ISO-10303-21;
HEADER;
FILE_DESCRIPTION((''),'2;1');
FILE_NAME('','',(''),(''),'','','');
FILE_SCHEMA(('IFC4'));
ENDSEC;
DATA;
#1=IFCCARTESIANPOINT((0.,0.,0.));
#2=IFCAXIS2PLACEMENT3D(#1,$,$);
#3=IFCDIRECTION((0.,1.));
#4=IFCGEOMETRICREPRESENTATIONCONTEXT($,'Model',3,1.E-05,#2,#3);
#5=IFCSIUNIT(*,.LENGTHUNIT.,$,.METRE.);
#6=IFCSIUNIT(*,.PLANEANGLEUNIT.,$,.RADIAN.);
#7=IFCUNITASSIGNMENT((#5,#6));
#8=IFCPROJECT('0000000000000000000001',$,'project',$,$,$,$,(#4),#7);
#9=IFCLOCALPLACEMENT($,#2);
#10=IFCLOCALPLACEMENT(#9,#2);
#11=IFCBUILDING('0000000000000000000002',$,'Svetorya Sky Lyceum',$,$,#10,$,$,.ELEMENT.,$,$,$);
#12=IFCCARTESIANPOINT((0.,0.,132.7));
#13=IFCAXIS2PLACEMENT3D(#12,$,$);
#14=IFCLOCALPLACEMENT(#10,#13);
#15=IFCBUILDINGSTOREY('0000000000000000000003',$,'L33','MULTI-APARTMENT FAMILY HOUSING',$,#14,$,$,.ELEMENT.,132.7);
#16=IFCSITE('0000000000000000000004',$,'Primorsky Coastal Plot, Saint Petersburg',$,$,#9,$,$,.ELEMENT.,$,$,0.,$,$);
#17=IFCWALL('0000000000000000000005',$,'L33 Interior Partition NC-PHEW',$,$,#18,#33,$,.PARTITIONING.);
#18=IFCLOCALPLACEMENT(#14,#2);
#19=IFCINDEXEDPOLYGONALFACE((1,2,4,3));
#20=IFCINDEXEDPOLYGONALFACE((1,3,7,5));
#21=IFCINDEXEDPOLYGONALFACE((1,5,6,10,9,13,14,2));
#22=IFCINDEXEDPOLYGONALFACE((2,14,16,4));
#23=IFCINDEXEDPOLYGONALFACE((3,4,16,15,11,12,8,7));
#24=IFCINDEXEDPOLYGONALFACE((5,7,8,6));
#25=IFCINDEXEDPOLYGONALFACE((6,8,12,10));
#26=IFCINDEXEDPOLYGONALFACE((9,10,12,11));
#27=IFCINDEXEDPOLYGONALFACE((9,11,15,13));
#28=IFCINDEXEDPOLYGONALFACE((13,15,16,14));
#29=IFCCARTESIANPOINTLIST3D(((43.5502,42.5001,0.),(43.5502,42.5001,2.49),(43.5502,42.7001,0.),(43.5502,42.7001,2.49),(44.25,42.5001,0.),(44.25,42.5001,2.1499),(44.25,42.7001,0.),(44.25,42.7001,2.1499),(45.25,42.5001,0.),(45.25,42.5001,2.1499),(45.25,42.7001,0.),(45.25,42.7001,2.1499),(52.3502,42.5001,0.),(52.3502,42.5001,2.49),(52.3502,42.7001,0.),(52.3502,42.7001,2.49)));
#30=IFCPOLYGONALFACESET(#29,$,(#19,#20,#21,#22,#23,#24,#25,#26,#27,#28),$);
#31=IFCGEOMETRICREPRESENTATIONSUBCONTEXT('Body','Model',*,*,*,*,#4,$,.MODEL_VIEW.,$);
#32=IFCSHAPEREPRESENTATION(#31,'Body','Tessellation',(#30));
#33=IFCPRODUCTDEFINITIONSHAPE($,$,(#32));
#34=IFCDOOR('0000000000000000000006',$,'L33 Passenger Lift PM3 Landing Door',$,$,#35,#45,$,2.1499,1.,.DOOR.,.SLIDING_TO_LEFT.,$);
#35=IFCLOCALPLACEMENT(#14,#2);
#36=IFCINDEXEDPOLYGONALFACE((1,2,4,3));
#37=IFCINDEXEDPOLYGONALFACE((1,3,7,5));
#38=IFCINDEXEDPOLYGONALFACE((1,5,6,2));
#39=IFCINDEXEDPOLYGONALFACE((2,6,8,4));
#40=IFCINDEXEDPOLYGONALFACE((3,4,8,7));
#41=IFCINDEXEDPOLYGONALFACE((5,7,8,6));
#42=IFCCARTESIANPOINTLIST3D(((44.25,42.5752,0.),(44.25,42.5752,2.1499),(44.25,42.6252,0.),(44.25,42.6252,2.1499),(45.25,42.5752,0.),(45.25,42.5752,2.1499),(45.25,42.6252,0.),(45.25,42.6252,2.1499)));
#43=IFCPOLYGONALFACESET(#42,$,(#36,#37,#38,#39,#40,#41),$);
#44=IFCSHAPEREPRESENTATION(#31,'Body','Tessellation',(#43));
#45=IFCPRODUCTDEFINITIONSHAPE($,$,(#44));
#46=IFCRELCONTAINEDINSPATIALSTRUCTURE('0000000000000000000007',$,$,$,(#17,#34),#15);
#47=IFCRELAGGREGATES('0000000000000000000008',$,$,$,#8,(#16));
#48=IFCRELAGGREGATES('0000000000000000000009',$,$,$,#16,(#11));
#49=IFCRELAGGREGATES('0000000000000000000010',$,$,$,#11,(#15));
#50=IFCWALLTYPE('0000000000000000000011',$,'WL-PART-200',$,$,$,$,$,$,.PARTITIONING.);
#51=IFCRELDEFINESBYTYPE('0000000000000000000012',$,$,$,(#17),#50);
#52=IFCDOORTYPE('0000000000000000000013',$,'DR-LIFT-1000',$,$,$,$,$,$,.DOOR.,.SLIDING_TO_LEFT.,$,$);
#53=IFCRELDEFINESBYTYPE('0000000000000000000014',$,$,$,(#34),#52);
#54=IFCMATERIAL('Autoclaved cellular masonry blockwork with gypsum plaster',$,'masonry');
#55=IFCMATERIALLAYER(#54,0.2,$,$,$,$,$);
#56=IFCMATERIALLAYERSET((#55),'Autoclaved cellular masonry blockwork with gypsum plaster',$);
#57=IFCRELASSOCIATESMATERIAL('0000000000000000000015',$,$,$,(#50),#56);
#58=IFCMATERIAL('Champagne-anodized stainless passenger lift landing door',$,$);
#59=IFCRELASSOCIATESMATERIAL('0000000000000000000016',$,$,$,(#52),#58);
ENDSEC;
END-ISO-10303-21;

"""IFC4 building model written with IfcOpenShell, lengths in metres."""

from ifc_helpers import new_model, si_unit, direction, frame, frame_2d, origin, place, context, subcontext, project, spatial, rectangle, extrude, material, layer, layer_set, type_object, element, fill, save


model = new_model("IFC4")

# Units and contexts
model_context = context("Model", 3, precision=1e-05, world=origin(), true_north=direction((0.0, 1.0)))
body_context = subcontext(model_context, "Body", "Model", "MODEL_VIEW")
ifc_project = project(units=[si_unit("LENGTHUNIT", "METRE"), si_unit("PLANEANGLEUNIT", "RADIAN")], contexts=[model_context])

# Site, building, storey
site_placement = place(None, origin())
site = spatial("IfcSite", under=ifc_project, at=site_placement, Name="Primorsky Coastal Plot, Saint Petersburg", CompositionType="ELEMENT", RefElevation=0.0)
building_placement = place(site_placement, origin())
building = spatial("IfcBuilding", under=site, at=building_placement, Name="Svetorya Sky Lyceum", CompositionType="ELEMENT")
storey_placement = place(building_placement, frame((0.0, 0.0, 132.7)))
storey = spatial("IfcBuildingStorey", under=building, at=storey_placement, Name="L33", Description="MULTI-APARTMENT FAMILY HOUSING", CompositionType="ELEMENT", Elevation=132.7)

# Wall, opening, door
ifc_material_1 = material(Name="Autoclaved cellular masonry blockwork with gypsum plaster", Category="masonry")
ifc_layer_1 = layer(ifc_material_1, 0.2)
ifc_layer_set_1 = layer_set([ifc_layer_1], Name="Autoclaved cellular masonry blockwork with gypsum plaster")
wall_type_1 = type_object("IfcWallType", Name="WL-PART-200", PredefinedType="PARTITIONING", material=ifc_layer_set_1)
wall_1_placement = place(storey_placement, frame((52.3501, 42.6001, 0.0), z_axis=(0.0, 0.0, 1.0), x_axis=(-1.0, 0.0, 0.0)))
wall_1 = element("IfcWall", 1, at=wall_1_placement, inside=storey, type_object=wall_type_1, Name="L33 Interior Partition NC-PHEW", PredefinedType="PARTITIONING", context=body_context, shape_type="SweptSolid", body=[
    extrude(rectangle(XDim=8.8, YDim=0.2, at=frame_2d((4.3999, 0.0))), origin(), (0.0, 0.0, 1.0), 2.49),
])
opening_1_placement = place(wall_1_placement, frame((7.1001, 0.0, 0.0)))
opening_1 = element("IfcOpeningElement", 2, at=opening_1_placement, cuts=wall_1, PredefinedType="OPENING", context=body_context, shape_type="SweptSolid", body=[
    extrude(rectangle(XDim=1.0, YDim=2.1499, at=frame_2d((0.5, 1.075))), frame((0.0, 0.1099, 0.0), z_axis=(0.0, -1.0, 0.0), x_axis=(1.0, 0.0, 0.0)), (0.0, 0.0, 1.0), 0.22),
])
ifc_material_2 = material(Name="Champagne-anodized stainless passenger lift landing door")
door_type_1 = type_object("IfcDoorType", Name="DR-LIFT-1000", OperationType="SLIDING_TO_LEFT", PredefinedType="DOOR", material=ifc_material_2)
door_1_placement = place(opening_1_placement, origin())
door_1 = element("IfcDoor", 3, at=door_1_placement, inside=storey, type_object=door_type_1, Name="L33 Passenger Lift PM3 Landing Door", OperationType="SLIDING_TO_LEFT", OverallHeight=2.1499, OverallWidth=1.0, PredefinedType="DOOR", context=body_context, shape_type="SweptSolid", body=[
    extrude(rectangle(XDim=1.0, YDim=2.1499, at=frame_2d((0.5, 1.075))), frame((0.0, 0.0249, 0.0), z_axis=(0.0, -1.0, 0.0), x_axis=(1.0, 0.0, 0.0)), (0.0, 0.0, 1.0), 0.05),
])
fill(opening_1, door_1)

save(model, "model.ifc")
